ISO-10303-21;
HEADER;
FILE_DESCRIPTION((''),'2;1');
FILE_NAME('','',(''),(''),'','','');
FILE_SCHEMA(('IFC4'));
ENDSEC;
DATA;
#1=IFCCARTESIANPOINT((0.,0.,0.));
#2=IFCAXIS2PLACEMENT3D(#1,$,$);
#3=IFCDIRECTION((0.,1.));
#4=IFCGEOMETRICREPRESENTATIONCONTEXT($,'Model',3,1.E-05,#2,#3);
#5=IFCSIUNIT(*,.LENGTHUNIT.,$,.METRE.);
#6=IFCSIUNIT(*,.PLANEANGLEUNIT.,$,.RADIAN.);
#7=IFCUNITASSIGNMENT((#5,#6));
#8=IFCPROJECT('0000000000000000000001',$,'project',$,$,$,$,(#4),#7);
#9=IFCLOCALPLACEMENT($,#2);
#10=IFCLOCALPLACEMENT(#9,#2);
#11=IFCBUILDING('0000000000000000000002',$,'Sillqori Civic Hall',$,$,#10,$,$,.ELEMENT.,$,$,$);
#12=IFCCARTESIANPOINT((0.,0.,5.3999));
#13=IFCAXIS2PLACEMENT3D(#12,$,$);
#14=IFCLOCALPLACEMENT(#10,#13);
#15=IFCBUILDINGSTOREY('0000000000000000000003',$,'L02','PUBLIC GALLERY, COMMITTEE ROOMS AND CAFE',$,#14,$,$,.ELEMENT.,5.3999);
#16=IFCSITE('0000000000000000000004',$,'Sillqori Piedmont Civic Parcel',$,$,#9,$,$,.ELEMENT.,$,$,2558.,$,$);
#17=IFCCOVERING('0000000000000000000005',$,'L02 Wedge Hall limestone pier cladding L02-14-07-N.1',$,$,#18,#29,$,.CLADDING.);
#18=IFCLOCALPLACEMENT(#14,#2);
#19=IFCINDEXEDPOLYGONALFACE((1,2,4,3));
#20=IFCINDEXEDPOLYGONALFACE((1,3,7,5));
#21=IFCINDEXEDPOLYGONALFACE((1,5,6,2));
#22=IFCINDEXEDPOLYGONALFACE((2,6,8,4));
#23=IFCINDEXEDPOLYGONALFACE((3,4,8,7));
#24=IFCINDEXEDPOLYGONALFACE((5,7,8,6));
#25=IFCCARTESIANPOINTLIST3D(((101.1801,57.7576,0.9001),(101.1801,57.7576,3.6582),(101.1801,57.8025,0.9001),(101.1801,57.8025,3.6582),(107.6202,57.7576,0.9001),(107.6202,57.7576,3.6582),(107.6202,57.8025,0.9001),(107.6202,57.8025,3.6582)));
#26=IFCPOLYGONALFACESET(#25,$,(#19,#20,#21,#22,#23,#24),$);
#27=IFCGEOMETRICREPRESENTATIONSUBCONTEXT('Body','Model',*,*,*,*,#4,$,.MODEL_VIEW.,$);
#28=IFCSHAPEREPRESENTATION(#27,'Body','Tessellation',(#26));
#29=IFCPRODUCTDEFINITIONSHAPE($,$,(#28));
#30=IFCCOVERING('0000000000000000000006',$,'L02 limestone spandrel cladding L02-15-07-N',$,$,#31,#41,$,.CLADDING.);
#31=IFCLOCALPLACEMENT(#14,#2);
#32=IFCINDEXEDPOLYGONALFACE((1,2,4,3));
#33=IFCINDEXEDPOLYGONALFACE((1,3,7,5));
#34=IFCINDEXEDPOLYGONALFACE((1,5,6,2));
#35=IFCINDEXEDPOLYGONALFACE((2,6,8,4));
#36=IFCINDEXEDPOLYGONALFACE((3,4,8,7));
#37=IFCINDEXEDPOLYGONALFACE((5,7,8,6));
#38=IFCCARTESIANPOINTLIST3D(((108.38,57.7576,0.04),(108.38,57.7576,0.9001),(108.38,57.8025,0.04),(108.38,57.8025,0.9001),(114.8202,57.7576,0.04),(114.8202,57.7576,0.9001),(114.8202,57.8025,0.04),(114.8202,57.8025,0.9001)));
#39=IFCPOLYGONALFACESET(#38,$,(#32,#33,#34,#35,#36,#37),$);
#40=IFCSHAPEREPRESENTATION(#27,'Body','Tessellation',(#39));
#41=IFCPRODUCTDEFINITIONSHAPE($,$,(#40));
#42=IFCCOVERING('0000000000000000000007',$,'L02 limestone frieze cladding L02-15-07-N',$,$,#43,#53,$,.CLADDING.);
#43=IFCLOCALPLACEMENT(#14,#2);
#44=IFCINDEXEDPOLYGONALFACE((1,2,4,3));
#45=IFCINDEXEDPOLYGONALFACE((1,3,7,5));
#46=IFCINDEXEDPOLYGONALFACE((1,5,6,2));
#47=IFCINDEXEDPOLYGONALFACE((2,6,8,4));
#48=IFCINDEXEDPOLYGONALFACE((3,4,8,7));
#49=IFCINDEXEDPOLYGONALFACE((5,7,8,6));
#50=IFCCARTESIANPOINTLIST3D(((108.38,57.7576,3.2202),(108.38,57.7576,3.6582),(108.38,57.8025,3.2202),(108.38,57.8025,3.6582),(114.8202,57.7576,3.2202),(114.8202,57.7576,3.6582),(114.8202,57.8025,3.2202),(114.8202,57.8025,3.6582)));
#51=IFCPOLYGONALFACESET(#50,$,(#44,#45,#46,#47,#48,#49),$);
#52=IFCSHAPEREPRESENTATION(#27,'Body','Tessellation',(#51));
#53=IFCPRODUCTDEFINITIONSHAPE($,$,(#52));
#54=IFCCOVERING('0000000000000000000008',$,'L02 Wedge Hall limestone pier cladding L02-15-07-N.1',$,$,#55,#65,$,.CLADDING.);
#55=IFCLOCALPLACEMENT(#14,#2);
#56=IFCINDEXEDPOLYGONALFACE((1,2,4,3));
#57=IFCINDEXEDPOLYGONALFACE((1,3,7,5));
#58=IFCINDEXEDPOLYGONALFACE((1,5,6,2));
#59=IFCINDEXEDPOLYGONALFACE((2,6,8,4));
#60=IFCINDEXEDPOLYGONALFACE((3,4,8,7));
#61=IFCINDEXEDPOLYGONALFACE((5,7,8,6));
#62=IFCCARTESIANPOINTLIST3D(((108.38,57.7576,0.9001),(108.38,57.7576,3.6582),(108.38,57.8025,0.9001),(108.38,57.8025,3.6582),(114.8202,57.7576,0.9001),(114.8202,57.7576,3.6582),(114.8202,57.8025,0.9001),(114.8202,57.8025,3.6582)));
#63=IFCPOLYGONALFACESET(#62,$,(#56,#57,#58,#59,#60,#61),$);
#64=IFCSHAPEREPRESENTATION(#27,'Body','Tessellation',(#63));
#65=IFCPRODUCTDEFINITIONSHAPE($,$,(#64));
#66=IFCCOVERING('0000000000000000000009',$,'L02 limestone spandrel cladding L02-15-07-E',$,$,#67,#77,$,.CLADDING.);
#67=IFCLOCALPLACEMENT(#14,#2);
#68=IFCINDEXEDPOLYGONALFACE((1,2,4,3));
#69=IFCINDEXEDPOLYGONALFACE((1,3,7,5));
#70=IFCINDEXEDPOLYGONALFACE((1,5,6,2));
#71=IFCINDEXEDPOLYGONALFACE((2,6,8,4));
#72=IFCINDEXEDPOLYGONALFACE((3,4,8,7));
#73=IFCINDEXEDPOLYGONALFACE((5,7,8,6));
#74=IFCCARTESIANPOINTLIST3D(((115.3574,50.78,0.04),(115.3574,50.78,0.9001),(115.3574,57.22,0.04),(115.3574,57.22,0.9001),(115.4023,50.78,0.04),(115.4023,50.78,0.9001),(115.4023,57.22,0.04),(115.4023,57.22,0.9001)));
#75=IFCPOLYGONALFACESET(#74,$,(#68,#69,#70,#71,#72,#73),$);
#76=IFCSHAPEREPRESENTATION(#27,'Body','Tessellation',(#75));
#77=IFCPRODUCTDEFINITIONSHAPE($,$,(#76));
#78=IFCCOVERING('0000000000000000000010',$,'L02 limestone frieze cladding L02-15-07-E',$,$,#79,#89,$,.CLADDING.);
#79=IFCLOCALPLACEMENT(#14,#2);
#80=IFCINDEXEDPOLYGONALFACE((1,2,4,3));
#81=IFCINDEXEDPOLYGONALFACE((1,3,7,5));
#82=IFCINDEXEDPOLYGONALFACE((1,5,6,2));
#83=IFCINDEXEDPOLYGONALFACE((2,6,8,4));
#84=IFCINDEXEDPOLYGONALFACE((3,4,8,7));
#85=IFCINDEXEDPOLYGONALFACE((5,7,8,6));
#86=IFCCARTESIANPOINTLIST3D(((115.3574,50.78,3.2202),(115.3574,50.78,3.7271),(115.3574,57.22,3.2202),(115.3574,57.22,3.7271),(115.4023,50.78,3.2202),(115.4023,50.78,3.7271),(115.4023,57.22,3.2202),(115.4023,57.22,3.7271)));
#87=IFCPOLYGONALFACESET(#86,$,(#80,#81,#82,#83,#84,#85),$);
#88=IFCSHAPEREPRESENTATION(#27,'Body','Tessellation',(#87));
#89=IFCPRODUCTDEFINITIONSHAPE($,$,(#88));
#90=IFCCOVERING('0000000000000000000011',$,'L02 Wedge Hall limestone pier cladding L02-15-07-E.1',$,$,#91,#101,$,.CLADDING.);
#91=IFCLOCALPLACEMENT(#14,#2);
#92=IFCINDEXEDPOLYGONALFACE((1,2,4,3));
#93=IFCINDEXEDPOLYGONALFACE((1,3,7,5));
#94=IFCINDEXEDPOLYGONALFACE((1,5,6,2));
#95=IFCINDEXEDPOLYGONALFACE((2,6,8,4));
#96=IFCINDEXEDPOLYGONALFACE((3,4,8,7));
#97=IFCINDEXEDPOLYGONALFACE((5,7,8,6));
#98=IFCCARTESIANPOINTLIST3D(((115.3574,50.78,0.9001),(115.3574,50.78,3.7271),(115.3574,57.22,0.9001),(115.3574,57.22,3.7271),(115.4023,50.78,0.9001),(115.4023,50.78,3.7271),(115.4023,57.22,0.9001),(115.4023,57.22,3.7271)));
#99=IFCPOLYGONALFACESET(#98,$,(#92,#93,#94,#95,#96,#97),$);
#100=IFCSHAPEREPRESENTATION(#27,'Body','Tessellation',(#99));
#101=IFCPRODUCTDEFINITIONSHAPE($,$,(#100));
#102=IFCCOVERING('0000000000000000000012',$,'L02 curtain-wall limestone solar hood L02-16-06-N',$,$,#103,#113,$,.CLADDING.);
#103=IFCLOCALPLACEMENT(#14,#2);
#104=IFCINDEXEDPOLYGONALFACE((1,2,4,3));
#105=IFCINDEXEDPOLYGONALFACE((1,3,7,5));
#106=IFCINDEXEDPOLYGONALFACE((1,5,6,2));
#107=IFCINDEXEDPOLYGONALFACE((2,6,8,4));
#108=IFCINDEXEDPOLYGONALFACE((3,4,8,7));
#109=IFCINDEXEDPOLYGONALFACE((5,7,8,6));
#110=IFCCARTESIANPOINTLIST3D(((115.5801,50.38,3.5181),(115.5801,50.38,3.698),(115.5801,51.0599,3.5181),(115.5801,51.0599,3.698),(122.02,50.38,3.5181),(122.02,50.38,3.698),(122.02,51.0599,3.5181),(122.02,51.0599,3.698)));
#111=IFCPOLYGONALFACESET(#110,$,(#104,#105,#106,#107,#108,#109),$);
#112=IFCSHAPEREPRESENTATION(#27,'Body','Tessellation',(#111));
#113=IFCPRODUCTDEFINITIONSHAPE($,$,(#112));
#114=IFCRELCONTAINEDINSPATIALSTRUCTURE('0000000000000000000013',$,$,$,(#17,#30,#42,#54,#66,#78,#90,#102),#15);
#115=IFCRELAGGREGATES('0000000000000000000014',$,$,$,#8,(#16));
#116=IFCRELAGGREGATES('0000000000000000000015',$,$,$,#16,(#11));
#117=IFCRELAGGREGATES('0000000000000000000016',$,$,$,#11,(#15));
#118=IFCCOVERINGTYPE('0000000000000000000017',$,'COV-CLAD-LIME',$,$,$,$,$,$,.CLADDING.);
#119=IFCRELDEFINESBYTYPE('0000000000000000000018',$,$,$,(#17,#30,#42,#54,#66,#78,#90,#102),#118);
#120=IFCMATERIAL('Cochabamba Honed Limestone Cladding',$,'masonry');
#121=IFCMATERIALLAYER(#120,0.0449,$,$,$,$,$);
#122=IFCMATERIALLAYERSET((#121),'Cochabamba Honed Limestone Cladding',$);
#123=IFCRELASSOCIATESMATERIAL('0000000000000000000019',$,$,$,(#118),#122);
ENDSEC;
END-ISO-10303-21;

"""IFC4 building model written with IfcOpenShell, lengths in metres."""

from ifc_helpers import new_model, si_unit, direction, frame, frame_2d, origin, place, context, subcontext, project, spatial, rectangle, extrude, material, layer, layer_set, type_object, element, save


model = new_model("IFC4")

# Units and contexts
model_context = context("Model", 3, precision=1e-05, world=origin(), true_north=direction((0.0, 1.0)))
body_context = subcontext(model_context, "Body", "Model", "MODEL_VIEW")
ifc_project = project(units=[si_unit("LENGTHUNIT", "METRE"), si_unit("PLANEANGLEUNIT", "RADIAN")], contexts=[model_context])

# Site, building, storey
site_placement = place(None, origin())
site = spatial("IfcSite", under=ifc_project, at=site_placement, Name="Sillqori Piedmont Civic Parcel", CompositionType="ELEMENT", RefElevation=2558.0)
building_placement = place(site_placement, origin())
building = spatial("IfcBuilding", under=site, at=building_placement, Name="Sillqori Civic Hall", CompositionType="ELEMENT")
storey_placement = place(building_placement, frame((0.0, 0.0, 5.3999)))
storey = spatial("IfcBuildingStorey", under=building, at=storey_placement, Name="L02", Description="PUBLIC GALLERY, COMMITTEE ROOMS AND CAFE", CompositionType="ELEMENT", Elevation=5.3999)

# Coverings
ifc_material_1 = material(Name="Cochabamba Honed Limestone Cladding", Category="masonry")
ifc_layer_1 = layer(ifc_material_1, 0.0449)
ifc_layer_set_1 = layer_set([ifc_layer_1], Name="Cochabamba Honed Limestone Cladding")
covering_type = type_object("IfcCoveringType", Name="COV-CLAD-LIME", PredefinedType="CLADDING", material=ifc_layer_set_1)
covering_1_placement = place(storey_placement, frame((101.1799, 57.78, 0.9001), z_axis=(0.0, 0.0, 1.0), x_axis=(1.0, 0.0, 0.0)))
element("IfcCovering", 1, at=covering_1_placement, inside=storey, type_object=covering_type, Name="L02 Wedge Hall limestone pier cladding L02-14-07-N.1", PredefinedType="CLADDING", context=body_context, shape_type="SweptSolid", body=[
    extrude(rectangle(XDim=6.4402, YDim=0.0449, at=frame_2d((3.2202, 0.0))), origin(), (0.0, 0.0, 1.0), 2.7581),
])
covering_2_placement = place(storey_placement, frame((108.3799, 57.78, 0.04), z_axis=(0.0, 0.0, 1.0), x_axis=(1.0, 0.0, 0.0)))
element("IfcCovering", 2, at=covering_2_placement, inside=storey, type_object=covering_type, Name="L02 limestone spandrel cladding L02-15-07-N", PredefinedType="CLADDING", context=body_context, shape_type="SweptSolid", body=[
    extrude(rectangle(XDim=6.4402, YDim=0.0449, at=frame_2d((3.2202, 0.0))), origin(), (0.0, 0.0, 1.0), 0.8601),
])
covering_3_placement = place(storey_placement, frame((108.3799, 57.78, 3.2202), z_axis=(0.0, 0.0, 1.0), x_axis=(1.0, 0.0, 0.0)))
element("IfcCovering", 3, at=covering_3_placement, inside=storey, type_object=covering_type, Name="L02 limestone frieze cladding L02-15-07-N", PredefinedType="CLADDING", context=body_context, shape_type="SweptSolid", body=[
    extrude(rectangle(XDim=6.4402, YDim=0.0449, at=frame_2d((3.2202, 0.0))), origin(), (0.0, 0.0, 1.0), 0.438),
])
covering_4_placement = place(storey_placement, frame((108.3799, 57.78, 0.9001), z_axis=(0.0, 0.0, 1.0), x_axis=(1.0, 0.0, 0.0)))
element("IfcCovering", 4, at=covering_4_placement, inside=storey, type_object=covering_type, Name="L02 Wedge Hall limestone pier cladding L02-15-07-N.1", PredefinedType="CLADDING", context=body_context, shape_type="SweptSolid", body=[
    extrude(rectangle(XDim=6.4402, YDim=0.0449, at=frame_2d((3.2202, 0.0))), origin(), (0.0, 0.0, 1.0), 2.7581),
])
covering_5_placement = place(storey_placement, frame((115.3799, 57.22, 0.04), z_axis=(0.0, 0.0, 1.0), x_axis=(0.0, -1.0, 0.0)))
element("IfcCovering", 5, at=covering_5_placement, inside=storey, type_object=covering_type, Name="L02 limestone spandrel cladding L02-15-07-E", PredefinedType="CLADDING", context=body_context, shape_type="SweptSolid", body=[
    extrude(rectangle(XDim=6.4399, YDim=0.0449, at=frame_2d((3.22, 0.0))), origin(), (0.0, 0.0, 1.0), 0.8601),
])
covering_6_placement = place(storey_placement, frame((115.3799, 57.22, 3.2202), z_axis=(0.0, 0.0, 1.0), x_axis=(0.0, -1.0, 0.0)))
element("IfcCovering", 6, at=covering_6_placement, inside=storey, type_object=covering_type, Name="L02 limestone frieze cladding L02-15-07-E", PredefinedType="CLADDING", context=body_context, shape_type="SweptSolid", body=[
    extrude(rectangle(XDim=6.4399, YDim=0.0449, at=frame_2d((3.22, 0.0))), origin(), (0.0, 0.0, 1.0), 0.5068),
])
covering_7_placement = place(storey_placement, frame((115.3799, 57.22, 0.9001), z_axis=(0.0, 0.0, 1.0), x_axis=(0.0, -1.0, 0.0)))
element("IfcCovering", 7, at=covering_7_placement, inside=storey, type_object=covering_type, Name="L02 Wedge Hall limestone pier cladding L02-15-07-E.1", PredefinedType="CLADDING", context=body_context, shape_type="SweptSolid", body=[
    extrude(rectangle(XDim=6.4399, YDim=0.0449, at=frame_2d((3.22, 0.0))), origin(), (0.0, 0.0, 1.0), 2.8269),
])
covering_8_placement = place(storey_placement, frame((115.5801, 50.72, 3.5181), z_axis=(0.0, 0.0, 1.0), x_axis=(1.0, 0.0, 0.0)))
element("IfcCovering", 8, at=covering_8_placement, inside=storey, type_object=covering_type, Name="L02 curtain-wall limestone solar hood L02-16-06-N", PredefinedType="CLADDING", context=body_context, shape_type="SweptSolid", body=[
    extrude(rectangle(XDim=6.4399, YDim=0.6799, at=frame_2d((3.22, 0.0))), origin(), (0.0, 0.0, 1.0), 0.1799),
])

save(model, "model.ifc")
